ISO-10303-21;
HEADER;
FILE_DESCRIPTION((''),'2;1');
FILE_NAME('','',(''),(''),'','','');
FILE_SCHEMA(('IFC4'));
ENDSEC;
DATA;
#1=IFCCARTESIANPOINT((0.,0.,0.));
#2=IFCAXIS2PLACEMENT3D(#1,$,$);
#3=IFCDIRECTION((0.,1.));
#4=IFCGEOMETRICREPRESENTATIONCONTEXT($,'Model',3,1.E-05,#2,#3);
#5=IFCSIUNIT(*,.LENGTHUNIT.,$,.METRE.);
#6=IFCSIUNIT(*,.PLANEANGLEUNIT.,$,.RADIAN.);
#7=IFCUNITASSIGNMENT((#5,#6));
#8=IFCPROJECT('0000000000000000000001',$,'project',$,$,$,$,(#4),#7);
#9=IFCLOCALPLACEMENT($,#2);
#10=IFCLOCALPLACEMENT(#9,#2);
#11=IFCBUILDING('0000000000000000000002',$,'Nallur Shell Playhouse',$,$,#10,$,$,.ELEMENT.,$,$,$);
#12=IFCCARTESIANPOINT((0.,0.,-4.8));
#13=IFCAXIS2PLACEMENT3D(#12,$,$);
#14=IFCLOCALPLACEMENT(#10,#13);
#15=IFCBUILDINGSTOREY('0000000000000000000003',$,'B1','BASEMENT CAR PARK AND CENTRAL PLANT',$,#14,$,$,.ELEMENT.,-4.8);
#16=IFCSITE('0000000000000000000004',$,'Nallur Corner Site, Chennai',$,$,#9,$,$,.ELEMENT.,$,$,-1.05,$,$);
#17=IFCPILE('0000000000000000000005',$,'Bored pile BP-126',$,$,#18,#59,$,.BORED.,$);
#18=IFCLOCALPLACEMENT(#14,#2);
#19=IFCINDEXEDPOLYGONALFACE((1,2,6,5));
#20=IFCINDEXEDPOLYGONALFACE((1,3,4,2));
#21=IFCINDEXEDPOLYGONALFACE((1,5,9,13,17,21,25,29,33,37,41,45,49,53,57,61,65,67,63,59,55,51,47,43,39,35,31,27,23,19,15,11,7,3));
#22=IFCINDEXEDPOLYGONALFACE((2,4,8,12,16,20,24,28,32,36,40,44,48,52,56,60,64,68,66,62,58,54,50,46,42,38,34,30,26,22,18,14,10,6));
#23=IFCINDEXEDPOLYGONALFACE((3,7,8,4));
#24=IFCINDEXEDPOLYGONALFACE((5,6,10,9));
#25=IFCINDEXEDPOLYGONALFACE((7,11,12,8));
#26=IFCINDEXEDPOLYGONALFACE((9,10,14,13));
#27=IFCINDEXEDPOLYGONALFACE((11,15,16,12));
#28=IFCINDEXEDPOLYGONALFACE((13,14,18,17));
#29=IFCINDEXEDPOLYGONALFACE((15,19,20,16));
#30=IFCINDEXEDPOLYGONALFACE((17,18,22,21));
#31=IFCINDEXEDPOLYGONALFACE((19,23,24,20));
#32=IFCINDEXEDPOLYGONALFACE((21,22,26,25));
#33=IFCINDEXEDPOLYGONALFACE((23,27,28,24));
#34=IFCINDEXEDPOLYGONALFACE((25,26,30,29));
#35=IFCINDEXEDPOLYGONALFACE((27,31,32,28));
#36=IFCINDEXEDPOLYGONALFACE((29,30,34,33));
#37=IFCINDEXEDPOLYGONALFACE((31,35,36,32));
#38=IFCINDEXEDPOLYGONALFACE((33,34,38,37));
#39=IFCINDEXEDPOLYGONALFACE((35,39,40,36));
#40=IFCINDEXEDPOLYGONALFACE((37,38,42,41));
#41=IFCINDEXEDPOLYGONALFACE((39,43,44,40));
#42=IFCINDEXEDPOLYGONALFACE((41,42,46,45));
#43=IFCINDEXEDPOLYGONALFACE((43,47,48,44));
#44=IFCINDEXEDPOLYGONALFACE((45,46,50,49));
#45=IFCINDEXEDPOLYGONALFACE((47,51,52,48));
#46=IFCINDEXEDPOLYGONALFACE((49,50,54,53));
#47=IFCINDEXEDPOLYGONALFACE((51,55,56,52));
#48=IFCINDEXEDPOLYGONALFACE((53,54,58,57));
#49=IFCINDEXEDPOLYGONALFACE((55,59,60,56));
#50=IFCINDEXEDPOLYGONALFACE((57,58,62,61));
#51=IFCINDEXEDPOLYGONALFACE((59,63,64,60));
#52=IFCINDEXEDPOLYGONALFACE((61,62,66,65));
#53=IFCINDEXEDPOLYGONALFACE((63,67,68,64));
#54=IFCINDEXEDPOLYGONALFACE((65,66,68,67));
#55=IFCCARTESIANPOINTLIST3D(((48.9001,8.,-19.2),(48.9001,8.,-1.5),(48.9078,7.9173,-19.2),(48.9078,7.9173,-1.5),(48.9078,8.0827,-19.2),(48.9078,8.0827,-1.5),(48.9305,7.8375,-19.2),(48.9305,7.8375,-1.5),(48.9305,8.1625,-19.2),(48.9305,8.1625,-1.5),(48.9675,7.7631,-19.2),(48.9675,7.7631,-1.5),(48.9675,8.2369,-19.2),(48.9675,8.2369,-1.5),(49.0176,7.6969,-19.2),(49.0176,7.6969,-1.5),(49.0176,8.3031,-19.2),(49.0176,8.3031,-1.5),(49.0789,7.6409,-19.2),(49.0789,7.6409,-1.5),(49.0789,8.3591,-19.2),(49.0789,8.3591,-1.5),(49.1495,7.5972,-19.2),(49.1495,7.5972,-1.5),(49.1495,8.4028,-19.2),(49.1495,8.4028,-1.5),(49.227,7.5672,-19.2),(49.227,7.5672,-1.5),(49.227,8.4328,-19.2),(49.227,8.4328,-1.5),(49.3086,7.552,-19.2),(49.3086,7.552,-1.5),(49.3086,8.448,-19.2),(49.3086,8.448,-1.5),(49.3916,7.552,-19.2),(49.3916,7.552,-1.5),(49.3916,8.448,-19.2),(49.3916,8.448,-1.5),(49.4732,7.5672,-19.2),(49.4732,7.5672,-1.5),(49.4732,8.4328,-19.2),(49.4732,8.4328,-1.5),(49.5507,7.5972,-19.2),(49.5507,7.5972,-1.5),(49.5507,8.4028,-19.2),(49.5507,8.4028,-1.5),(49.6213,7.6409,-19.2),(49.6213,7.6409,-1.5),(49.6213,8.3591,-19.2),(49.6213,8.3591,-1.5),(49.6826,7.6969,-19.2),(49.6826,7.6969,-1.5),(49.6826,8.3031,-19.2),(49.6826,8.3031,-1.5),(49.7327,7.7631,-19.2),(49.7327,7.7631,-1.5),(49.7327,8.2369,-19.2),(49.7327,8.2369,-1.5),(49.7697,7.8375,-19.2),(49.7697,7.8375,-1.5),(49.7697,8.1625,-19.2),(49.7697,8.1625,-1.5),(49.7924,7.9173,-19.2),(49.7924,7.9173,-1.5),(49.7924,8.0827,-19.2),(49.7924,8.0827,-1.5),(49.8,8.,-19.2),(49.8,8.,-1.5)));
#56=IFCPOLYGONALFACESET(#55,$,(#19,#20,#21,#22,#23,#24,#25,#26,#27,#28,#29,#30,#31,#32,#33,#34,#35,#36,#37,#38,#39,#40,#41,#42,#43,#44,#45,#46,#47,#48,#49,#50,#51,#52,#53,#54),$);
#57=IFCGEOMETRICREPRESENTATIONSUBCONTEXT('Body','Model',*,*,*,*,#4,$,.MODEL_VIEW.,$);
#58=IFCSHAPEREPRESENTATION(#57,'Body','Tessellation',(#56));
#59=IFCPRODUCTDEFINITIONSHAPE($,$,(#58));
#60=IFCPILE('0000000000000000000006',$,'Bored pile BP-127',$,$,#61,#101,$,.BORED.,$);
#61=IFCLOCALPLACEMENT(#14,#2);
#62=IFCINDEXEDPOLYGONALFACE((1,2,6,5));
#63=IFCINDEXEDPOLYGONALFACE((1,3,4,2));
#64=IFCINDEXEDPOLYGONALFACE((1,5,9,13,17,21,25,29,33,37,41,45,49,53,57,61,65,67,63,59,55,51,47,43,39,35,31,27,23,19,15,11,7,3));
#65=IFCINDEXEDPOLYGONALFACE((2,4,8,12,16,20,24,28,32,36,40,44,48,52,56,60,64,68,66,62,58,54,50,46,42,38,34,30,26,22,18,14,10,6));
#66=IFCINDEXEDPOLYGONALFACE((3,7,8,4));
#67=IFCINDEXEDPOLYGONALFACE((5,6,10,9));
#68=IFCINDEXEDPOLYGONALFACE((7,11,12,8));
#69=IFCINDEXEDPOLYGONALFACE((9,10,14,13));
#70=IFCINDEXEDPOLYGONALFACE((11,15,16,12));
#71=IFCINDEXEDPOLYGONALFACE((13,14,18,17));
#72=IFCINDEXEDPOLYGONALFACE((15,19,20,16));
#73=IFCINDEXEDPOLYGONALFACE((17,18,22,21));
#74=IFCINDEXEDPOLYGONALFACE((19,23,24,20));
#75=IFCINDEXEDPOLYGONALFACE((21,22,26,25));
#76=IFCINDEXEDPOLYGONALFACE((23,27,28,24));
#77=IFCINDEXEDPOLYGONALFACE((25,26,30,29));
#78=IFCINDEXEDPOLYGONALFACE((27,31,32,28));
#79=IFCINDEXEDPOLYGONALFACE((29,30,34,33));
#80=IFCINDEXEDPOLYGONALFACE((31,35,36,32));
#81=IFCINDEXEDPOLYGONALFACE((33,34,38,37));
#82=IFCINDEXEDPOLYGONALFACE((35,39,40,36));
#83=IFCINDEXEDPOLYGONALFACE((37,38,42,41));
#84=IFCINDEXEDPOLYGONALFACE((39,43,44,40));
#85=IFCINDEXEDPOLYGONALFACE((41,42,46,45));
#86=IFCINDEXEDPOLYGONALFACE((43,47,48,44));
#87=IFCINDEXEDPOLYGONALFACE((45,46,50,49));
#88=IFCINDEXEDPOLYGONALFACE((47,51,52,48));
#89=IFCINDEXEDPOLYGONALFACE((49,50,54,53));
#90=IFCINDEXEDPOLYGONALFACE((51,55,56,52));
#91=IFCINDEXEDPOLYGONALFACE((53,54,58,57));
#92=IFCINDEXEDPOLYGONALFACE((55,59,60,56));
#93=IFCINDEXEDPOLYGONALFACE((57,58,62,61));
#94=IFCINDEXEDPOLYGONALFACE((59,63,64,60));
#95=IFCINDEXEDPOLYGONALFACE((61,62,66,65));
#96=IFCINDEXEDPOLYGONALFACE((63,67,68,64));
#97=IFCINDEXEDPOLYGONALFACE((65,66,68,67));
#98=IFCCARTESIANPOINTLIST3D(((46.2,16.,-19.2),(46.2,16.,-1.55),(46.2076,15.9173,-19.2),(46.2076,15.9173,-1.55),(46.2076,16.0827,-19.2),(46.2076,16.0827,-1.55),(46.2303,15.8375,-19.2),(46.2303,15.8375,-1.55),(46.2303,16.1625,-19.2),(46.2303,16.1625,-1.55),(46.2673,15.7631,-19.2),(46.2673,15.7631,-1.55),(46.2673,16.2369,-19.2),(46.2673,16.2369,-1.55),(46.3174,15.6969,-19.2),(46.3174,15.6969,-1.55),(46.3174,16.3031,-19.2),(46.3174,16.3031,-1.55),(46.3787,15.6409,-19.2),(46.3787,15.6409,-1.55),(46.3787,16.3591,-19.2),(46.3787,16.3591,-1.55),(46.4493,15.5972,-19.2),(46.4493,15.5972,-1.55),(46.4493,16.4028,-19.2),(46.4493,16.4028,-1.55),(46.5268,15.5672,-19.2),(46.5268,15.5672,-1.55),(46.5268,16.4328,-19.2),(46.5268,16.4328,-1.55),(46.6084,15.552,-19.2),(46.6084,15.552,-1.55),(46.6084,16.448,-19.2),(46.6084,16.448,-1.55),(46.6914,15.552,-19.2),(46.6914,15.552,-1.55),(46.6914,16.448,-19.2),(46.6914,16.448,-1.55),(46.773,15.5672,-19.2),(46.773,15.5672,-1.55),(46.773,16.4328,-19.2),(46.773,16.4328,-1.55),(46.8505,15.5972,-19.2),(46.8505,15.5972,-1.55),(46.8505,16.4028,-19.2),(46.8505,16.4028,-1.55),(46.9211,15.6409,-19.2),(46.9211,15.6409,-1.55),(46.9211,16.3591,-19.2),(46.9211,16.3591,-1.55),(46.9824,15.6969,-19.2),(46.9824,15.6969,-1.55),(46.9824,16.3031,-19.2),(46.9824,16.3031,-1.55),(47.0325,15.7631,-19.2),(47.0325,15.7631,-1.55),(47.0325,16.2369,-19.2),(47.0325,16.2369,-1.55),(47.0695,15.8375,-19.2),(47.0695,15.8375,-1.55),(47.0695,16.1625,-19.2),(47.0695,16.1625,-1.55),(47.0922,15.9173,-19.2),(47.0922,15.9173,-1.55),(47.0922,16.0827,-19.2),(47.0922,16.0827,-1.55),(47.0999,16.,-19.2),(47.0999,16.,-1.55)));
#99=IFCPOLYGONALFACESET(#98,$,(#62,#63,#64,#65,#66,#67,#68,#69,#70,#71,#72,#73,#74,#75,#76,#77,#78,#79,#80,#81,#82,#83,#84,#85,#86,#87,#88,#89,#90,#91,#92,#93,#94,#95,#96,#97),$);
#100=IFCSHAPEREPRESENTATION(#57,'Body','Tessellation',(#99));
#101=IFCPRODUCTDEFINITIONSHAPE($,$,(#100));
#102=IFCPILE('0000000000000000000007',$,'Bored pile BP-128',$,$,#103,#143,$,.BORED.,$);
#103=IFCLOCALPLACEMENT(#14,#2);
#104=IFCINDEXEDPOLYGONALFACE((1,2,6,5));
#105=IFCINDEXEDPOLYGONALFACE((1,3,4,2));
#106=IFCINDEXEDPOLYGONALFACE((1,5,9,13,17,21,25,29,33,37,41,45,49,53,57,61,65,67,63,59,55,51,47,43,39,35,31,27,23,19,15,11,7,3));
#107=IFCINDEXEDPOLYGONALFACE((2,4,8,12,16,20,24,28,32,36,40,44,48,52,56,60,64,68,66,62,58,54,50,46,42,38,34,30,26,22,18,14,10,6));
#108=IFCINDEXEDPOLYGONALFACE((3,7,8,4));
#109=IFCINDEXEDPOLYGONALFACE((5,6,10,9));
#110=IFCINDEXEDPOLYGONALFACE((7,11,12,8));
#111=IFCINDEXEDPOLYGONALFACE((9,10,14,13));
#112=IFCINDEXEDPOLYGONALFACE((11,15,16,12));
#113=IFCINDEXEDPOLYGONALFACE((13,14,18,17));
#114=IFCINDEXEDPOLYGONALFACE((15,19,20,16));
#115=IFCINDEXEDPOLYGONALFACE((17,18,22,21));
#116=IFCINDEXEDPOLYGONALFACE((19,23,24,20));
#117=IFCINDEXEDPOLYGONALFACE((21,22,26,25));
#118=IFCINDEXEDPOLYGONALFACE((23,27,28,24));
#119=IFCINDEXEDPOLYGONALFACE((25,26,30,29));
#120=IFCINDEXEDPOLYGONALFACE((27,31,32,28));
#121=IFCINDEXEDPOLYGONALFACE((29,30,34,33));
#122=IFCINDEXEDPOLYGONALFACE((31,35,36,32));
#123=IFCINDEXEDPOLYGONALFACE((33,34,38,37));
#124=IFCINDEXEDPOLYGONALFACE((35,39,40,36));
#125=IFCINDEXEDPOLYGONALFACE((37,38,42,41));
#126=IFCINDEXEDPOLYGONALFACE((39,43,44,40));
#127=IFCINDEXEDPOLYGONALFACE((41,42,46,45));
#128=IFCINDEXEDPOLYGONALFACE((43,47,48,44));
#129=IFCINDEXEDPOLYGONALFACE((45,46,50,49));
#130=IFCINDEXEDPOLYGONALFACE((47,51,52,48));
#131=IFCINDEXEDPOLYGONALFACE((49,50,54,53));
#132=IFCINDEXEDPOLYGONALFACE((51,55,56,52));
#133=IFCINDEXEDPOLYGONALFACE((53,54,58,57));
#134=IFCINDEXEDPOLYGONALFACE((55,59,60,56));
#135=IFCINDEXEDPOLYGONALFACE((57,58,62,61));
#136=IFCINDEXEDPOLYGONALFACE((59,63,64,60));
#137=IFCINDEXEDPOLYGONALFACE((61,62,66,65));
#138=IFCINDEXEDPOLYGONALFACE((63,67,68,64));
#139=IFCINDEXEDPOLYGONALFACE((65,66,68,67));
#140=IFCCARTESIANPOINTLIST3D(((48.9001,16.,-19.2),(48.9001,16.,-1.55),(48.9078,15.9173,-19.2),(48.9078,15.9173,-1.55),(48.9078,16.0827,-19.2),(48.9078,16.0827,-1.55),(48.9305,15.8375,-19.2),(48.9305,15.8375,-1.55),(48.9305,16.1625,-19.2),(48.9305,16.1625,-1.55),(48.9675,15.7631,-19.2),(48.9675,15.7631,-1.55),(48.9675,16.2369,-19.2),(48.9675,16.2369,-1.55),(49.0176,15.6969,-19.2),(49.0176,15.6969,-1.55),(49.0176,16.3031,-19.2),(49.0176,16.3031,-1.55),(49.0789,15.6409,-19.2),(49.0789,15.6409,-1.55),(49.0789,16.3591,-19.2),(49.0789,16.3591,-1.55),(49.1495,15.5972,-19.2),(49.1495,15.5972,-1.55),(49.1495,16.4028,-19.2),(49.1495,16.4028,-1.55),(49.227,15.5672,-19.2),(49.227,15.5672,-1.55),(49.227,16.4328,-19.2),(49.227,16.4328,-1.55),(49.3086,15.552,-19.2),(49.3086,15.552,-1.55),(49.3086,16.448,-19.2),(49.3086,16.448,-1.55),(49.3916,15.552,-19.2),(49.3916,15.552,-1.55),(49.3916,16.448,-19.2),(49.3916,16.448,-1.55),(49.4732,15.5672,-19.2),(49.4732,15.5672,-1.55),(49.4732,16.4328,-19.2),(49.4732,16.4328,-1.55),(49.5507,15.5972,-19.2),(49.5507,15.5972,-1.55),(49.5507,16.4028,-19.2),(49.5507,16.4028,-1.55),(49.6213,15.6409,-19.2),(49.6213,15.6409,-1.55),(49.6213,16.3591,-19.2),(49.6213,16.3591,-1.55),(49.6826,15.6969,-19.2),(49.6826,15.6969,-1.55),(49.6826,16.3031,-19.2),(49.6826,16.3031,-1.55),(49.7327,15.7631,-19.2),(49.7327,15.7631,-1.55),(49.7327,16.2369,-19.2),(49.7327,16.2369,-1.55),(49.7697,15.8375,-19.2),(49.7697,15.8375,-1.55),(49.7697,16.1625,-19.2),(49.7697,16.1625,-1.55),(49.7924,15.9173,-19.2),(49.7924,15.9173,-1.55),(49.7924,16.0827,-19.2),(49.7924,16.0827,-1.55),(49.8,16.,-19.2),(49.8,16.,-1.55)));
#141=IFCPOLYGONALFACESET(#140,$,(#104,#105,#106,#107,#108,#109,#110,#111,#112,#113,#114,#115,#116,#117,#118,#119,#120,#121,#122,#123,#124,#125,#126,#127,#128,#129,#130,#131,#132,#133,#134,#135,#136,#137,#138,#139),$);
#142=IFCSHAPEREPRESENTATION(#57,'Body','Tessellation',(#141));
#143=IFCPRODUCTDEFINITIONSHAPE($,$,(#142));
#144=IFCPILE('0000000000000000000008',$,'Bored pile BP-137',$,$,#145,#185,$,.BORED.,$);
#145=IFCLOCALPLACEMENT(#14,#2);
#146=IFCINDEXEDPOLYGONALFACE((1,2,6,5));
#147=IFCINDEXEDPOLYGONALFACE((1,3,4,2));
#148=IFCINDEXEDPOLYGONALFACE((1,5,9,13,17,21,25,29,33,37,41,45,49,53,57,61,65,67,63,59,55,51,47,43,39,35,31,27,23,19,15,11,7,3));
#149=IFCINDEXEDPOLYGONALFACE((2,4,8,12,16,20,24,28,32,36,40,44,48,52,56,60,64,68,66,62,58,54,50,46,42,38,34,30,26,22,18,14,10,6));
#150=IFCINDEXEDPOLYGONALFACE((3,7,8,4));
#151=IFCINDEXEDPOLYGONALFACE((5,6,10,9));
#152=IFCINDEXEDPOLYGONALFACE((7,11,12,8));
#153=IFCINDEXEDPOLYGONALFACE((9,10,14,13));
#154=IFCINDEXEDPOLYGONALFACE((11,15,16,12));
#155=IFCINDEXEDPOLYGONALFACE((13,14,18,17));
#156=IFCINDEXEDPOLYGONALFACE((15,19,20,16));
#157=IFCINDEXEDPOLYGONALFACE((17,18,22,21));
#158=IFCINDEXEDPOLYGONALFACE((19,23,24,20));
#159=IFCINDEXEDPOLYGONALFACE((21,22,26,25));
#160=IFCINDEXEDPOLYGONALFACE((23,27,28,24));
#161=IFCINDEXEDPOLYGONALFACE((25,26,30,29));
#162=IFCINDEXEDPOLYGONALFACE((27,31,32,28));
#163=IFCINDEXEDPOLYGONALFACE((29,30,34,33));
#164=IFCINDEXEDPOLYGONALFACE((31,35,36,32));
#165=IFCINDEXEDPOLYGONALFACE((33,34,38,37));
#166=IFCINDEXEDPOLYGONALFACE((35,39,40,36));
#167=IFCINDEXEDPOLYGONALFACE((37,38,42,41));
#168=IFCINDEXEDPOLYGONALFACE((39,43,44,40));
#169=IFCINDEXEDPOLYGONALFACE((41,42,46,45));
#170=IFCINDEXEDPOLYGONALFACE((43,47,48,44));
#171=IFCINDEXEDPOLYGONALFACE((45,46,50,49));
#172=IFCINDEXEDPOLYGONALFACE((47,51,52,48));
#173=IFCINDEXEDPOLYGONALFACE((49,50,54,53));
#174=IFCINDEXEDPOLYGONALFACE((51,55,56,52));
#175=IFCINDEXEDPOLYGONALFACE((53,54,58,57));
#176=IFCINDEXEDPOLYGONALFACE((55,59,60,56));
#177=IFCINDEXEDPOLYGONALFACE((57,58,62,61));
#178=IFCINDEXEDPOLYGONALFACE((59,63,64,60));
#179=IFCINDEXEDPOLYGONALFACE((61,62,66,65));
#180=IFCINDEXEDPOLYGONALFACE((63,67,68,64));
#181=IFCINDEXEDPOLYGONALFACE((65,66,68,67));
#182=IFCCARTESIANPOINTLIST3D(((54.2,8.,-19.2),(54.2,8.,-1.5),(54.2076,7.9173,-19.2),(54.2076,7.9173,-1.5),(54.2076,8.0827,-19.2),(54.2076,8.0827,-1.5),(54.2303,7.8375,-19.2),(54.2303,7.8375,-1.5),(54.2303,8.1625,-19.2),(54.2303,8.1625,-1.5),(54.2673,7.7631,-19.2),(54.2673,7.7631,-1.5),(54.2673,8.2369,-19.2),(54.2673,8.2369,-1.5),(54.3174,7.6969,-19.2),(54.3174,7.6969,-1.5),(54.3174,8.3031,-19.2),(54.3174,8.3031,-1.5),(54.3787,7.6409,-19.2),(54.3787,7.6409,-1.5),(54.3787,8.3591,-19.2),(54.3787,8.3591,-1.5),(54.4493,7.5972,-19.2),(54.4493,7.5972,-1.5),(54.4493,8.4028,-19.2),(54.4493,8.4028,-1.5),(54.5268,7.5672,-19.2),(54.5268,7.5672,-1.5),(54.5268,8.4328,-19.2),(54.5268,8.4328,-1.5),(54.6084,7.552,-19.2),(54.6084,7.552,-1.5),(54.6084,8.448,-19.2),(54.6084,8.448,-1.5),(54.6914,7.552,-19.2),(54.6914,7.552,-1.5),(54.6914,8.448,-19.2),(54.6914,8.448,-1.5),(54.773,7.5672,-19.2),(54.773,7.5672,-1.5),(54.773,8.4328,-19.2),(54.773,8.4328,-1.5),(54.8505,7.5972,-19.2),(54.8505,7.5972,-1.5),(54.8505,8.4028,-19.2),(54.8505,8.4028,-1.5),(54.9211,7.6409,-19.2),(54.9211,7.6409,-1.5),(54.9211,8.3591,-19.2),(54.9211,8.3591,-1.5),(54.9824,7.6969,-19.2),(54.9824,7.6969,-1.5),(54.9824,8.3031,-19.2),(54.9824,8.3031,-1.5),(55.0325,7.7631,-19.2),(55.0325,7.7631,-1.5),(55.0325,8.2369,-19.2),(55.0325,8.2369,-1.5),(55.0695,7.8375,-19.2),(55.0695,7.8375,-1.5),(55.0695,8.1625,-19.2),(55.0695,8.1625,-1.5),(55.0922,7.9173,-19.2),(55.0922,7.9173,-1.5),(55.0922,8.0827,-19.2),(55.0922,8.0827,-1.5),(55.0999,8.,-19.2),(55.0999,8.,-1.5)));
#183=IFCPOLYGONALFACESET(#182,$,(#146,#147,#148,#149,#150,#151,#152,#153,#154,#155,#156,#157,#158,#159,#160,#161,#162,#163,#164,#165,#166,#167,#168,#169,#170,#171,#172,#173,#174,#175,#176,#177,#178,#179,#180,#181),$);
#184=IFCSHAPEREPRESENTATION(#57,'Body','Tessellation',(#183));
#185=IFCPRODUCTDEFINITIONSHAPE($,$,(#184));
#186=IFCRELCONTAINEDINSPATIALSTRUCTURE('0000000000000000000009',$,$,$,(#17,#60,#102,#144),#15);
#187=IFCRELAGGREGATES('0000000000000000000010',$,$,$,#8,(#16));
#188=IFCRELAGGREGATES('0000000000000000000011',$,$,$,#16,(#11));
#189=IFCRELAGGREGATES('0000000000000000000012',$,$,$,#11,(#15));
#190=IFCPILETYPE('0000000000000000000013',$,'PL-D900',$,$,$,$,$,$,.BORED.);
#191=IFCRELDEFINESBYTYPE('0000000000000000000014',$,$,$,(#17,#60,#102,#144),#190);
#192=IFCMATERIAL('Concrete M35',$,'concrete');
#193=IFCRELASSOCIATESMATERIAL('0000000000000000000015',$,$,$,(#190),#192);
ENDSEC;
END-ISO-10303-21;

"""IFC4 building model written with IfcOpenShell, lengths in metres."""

from ifc_helpers import new_model, si_unit, direction, frame, origin, origin_2d, place, context, subcontext, project, spatial, circle, extrude, material, material_profile, profile_set, type_object, element, save


model = new_model("IFC4")

# Units and contexts
model_context = context("Model", 3, precision=1e-05, world=origin(), true_north=direction((0.0, 1.0)))
body_context = subcontext(model_context, "Body", "Model", "MODEL_VIEW")
ifc_project = project(units=[si_unit("LENGTHUNIT", "METRE"), si_unit("PLANEANGLEUNIT", "RADIAN")], contexts=[model_context])

# Site, building, storey
site_placement = place(None, origin())
site = spatial("IfcSite", under=ifc_project, at=site_placement, Name="Nallur Corner Site, Chennai", CompositionType="ELEMENT", RefElevation=-1.05)
building_placement = place(site_placement, origin())
building = spatial("IfcBuilding", under=site, at=building_placement, Name="Nallur Shell Playhouse", CompositionType="ELEMENT")
storey_placement = place(building_placement, frame((0.0, 0.0, -4.8)))
storey = spatial("IfcBuildingStorey", under=building, at=storey_placement, Name="B1", Description="BASEMENT CAR PARK AND CENTRAL PLANT", CompositionType="ELEMENT", Elevation=-4.8)

# Shared definitions
ifc_material_1 = material(Name="Concrete M35", Category="concrete")

# Piles
ifc_material_profile_1 = material_profile(ifc_material_1, circle(Radius=0.45, at=origin_2d()), Name="BORED PILE D900")
ifc_profile_set_1 = profile_set([ifc_material_profile_1], Name="Concrete M35")
pile_type_1 = type_object("IfcPileType", Name="PL-D900", PredefinedType="BORED", material=ifc_profile_set_1)
for number, where, z_axis, x_axis, name in (
    (1, (49.3501, 8.0, -1.5), (0.0, 0.0, -1.0), (1.0, 0.0, 0.0), "Bored pile BP-126"),
):
    element("IfcPile", number, at=place(storey_placement, frame(where, z_axis=z_axis, x_axis=x_axis)), inside=storey, type_object=pile_type_1, Name=name, PredefinedType="BORED", context=body_context, shape_type="SweptSolid", body=[
        extrude(circle(Radius=0.45, at=origin_2d()), origin(), (0.0, 0.0, 1.0), 17.7),
    ])
for number, where, z_axis, x_axis, name in (
    (2, (46.6499, 16.0, -1.55), (0.0, 0.0, -1.0), (1.0, 0.0, 0.0), "Bored pile BP-127"),
    (3, (49.3501, 16.0, -1.55), (0.0, 0.0, -1.0), (1.0, 0.0, 0.0), "Bored pile BP-128"),
):
    element("IfcPile", number, at=place(storey_placement, frame(where, z_axis=z_axis, x_axis=x_axis)), inside=storey, type_object=pile_type_1, Name=name, PredefinedType="BORED", context=body_context, shape_type="SweptSolid", body=[
        extrude(circle(Radius=0.45, at=origin_2d()), origin(), (0.0, 0.0, 1.0), 17.6499),
    ])
for number, where, z_axis, x_axis, name in (
    (4, (54.6499, 8.0, -1.5), (0.0, 0.0, -1.0), (1.0, 0.0, 0.0), "Bored pile BP-137"),
):
    element("IfcPile", number, at=place(storey_placement, frame(where, z_axis=z_axis, x_axis=x_axis)), inside=storey, type_object=pile_type_1, Name=name, PredefinedType="BORED", context=body_context, shape_type="SweptSolid", body=[
        extrude(circle(Radius=0.45, at=origin_2d()), origin(), (0.0, 0.0, 1.0), 17.7),
    ])

save(model, "model.ifc")
